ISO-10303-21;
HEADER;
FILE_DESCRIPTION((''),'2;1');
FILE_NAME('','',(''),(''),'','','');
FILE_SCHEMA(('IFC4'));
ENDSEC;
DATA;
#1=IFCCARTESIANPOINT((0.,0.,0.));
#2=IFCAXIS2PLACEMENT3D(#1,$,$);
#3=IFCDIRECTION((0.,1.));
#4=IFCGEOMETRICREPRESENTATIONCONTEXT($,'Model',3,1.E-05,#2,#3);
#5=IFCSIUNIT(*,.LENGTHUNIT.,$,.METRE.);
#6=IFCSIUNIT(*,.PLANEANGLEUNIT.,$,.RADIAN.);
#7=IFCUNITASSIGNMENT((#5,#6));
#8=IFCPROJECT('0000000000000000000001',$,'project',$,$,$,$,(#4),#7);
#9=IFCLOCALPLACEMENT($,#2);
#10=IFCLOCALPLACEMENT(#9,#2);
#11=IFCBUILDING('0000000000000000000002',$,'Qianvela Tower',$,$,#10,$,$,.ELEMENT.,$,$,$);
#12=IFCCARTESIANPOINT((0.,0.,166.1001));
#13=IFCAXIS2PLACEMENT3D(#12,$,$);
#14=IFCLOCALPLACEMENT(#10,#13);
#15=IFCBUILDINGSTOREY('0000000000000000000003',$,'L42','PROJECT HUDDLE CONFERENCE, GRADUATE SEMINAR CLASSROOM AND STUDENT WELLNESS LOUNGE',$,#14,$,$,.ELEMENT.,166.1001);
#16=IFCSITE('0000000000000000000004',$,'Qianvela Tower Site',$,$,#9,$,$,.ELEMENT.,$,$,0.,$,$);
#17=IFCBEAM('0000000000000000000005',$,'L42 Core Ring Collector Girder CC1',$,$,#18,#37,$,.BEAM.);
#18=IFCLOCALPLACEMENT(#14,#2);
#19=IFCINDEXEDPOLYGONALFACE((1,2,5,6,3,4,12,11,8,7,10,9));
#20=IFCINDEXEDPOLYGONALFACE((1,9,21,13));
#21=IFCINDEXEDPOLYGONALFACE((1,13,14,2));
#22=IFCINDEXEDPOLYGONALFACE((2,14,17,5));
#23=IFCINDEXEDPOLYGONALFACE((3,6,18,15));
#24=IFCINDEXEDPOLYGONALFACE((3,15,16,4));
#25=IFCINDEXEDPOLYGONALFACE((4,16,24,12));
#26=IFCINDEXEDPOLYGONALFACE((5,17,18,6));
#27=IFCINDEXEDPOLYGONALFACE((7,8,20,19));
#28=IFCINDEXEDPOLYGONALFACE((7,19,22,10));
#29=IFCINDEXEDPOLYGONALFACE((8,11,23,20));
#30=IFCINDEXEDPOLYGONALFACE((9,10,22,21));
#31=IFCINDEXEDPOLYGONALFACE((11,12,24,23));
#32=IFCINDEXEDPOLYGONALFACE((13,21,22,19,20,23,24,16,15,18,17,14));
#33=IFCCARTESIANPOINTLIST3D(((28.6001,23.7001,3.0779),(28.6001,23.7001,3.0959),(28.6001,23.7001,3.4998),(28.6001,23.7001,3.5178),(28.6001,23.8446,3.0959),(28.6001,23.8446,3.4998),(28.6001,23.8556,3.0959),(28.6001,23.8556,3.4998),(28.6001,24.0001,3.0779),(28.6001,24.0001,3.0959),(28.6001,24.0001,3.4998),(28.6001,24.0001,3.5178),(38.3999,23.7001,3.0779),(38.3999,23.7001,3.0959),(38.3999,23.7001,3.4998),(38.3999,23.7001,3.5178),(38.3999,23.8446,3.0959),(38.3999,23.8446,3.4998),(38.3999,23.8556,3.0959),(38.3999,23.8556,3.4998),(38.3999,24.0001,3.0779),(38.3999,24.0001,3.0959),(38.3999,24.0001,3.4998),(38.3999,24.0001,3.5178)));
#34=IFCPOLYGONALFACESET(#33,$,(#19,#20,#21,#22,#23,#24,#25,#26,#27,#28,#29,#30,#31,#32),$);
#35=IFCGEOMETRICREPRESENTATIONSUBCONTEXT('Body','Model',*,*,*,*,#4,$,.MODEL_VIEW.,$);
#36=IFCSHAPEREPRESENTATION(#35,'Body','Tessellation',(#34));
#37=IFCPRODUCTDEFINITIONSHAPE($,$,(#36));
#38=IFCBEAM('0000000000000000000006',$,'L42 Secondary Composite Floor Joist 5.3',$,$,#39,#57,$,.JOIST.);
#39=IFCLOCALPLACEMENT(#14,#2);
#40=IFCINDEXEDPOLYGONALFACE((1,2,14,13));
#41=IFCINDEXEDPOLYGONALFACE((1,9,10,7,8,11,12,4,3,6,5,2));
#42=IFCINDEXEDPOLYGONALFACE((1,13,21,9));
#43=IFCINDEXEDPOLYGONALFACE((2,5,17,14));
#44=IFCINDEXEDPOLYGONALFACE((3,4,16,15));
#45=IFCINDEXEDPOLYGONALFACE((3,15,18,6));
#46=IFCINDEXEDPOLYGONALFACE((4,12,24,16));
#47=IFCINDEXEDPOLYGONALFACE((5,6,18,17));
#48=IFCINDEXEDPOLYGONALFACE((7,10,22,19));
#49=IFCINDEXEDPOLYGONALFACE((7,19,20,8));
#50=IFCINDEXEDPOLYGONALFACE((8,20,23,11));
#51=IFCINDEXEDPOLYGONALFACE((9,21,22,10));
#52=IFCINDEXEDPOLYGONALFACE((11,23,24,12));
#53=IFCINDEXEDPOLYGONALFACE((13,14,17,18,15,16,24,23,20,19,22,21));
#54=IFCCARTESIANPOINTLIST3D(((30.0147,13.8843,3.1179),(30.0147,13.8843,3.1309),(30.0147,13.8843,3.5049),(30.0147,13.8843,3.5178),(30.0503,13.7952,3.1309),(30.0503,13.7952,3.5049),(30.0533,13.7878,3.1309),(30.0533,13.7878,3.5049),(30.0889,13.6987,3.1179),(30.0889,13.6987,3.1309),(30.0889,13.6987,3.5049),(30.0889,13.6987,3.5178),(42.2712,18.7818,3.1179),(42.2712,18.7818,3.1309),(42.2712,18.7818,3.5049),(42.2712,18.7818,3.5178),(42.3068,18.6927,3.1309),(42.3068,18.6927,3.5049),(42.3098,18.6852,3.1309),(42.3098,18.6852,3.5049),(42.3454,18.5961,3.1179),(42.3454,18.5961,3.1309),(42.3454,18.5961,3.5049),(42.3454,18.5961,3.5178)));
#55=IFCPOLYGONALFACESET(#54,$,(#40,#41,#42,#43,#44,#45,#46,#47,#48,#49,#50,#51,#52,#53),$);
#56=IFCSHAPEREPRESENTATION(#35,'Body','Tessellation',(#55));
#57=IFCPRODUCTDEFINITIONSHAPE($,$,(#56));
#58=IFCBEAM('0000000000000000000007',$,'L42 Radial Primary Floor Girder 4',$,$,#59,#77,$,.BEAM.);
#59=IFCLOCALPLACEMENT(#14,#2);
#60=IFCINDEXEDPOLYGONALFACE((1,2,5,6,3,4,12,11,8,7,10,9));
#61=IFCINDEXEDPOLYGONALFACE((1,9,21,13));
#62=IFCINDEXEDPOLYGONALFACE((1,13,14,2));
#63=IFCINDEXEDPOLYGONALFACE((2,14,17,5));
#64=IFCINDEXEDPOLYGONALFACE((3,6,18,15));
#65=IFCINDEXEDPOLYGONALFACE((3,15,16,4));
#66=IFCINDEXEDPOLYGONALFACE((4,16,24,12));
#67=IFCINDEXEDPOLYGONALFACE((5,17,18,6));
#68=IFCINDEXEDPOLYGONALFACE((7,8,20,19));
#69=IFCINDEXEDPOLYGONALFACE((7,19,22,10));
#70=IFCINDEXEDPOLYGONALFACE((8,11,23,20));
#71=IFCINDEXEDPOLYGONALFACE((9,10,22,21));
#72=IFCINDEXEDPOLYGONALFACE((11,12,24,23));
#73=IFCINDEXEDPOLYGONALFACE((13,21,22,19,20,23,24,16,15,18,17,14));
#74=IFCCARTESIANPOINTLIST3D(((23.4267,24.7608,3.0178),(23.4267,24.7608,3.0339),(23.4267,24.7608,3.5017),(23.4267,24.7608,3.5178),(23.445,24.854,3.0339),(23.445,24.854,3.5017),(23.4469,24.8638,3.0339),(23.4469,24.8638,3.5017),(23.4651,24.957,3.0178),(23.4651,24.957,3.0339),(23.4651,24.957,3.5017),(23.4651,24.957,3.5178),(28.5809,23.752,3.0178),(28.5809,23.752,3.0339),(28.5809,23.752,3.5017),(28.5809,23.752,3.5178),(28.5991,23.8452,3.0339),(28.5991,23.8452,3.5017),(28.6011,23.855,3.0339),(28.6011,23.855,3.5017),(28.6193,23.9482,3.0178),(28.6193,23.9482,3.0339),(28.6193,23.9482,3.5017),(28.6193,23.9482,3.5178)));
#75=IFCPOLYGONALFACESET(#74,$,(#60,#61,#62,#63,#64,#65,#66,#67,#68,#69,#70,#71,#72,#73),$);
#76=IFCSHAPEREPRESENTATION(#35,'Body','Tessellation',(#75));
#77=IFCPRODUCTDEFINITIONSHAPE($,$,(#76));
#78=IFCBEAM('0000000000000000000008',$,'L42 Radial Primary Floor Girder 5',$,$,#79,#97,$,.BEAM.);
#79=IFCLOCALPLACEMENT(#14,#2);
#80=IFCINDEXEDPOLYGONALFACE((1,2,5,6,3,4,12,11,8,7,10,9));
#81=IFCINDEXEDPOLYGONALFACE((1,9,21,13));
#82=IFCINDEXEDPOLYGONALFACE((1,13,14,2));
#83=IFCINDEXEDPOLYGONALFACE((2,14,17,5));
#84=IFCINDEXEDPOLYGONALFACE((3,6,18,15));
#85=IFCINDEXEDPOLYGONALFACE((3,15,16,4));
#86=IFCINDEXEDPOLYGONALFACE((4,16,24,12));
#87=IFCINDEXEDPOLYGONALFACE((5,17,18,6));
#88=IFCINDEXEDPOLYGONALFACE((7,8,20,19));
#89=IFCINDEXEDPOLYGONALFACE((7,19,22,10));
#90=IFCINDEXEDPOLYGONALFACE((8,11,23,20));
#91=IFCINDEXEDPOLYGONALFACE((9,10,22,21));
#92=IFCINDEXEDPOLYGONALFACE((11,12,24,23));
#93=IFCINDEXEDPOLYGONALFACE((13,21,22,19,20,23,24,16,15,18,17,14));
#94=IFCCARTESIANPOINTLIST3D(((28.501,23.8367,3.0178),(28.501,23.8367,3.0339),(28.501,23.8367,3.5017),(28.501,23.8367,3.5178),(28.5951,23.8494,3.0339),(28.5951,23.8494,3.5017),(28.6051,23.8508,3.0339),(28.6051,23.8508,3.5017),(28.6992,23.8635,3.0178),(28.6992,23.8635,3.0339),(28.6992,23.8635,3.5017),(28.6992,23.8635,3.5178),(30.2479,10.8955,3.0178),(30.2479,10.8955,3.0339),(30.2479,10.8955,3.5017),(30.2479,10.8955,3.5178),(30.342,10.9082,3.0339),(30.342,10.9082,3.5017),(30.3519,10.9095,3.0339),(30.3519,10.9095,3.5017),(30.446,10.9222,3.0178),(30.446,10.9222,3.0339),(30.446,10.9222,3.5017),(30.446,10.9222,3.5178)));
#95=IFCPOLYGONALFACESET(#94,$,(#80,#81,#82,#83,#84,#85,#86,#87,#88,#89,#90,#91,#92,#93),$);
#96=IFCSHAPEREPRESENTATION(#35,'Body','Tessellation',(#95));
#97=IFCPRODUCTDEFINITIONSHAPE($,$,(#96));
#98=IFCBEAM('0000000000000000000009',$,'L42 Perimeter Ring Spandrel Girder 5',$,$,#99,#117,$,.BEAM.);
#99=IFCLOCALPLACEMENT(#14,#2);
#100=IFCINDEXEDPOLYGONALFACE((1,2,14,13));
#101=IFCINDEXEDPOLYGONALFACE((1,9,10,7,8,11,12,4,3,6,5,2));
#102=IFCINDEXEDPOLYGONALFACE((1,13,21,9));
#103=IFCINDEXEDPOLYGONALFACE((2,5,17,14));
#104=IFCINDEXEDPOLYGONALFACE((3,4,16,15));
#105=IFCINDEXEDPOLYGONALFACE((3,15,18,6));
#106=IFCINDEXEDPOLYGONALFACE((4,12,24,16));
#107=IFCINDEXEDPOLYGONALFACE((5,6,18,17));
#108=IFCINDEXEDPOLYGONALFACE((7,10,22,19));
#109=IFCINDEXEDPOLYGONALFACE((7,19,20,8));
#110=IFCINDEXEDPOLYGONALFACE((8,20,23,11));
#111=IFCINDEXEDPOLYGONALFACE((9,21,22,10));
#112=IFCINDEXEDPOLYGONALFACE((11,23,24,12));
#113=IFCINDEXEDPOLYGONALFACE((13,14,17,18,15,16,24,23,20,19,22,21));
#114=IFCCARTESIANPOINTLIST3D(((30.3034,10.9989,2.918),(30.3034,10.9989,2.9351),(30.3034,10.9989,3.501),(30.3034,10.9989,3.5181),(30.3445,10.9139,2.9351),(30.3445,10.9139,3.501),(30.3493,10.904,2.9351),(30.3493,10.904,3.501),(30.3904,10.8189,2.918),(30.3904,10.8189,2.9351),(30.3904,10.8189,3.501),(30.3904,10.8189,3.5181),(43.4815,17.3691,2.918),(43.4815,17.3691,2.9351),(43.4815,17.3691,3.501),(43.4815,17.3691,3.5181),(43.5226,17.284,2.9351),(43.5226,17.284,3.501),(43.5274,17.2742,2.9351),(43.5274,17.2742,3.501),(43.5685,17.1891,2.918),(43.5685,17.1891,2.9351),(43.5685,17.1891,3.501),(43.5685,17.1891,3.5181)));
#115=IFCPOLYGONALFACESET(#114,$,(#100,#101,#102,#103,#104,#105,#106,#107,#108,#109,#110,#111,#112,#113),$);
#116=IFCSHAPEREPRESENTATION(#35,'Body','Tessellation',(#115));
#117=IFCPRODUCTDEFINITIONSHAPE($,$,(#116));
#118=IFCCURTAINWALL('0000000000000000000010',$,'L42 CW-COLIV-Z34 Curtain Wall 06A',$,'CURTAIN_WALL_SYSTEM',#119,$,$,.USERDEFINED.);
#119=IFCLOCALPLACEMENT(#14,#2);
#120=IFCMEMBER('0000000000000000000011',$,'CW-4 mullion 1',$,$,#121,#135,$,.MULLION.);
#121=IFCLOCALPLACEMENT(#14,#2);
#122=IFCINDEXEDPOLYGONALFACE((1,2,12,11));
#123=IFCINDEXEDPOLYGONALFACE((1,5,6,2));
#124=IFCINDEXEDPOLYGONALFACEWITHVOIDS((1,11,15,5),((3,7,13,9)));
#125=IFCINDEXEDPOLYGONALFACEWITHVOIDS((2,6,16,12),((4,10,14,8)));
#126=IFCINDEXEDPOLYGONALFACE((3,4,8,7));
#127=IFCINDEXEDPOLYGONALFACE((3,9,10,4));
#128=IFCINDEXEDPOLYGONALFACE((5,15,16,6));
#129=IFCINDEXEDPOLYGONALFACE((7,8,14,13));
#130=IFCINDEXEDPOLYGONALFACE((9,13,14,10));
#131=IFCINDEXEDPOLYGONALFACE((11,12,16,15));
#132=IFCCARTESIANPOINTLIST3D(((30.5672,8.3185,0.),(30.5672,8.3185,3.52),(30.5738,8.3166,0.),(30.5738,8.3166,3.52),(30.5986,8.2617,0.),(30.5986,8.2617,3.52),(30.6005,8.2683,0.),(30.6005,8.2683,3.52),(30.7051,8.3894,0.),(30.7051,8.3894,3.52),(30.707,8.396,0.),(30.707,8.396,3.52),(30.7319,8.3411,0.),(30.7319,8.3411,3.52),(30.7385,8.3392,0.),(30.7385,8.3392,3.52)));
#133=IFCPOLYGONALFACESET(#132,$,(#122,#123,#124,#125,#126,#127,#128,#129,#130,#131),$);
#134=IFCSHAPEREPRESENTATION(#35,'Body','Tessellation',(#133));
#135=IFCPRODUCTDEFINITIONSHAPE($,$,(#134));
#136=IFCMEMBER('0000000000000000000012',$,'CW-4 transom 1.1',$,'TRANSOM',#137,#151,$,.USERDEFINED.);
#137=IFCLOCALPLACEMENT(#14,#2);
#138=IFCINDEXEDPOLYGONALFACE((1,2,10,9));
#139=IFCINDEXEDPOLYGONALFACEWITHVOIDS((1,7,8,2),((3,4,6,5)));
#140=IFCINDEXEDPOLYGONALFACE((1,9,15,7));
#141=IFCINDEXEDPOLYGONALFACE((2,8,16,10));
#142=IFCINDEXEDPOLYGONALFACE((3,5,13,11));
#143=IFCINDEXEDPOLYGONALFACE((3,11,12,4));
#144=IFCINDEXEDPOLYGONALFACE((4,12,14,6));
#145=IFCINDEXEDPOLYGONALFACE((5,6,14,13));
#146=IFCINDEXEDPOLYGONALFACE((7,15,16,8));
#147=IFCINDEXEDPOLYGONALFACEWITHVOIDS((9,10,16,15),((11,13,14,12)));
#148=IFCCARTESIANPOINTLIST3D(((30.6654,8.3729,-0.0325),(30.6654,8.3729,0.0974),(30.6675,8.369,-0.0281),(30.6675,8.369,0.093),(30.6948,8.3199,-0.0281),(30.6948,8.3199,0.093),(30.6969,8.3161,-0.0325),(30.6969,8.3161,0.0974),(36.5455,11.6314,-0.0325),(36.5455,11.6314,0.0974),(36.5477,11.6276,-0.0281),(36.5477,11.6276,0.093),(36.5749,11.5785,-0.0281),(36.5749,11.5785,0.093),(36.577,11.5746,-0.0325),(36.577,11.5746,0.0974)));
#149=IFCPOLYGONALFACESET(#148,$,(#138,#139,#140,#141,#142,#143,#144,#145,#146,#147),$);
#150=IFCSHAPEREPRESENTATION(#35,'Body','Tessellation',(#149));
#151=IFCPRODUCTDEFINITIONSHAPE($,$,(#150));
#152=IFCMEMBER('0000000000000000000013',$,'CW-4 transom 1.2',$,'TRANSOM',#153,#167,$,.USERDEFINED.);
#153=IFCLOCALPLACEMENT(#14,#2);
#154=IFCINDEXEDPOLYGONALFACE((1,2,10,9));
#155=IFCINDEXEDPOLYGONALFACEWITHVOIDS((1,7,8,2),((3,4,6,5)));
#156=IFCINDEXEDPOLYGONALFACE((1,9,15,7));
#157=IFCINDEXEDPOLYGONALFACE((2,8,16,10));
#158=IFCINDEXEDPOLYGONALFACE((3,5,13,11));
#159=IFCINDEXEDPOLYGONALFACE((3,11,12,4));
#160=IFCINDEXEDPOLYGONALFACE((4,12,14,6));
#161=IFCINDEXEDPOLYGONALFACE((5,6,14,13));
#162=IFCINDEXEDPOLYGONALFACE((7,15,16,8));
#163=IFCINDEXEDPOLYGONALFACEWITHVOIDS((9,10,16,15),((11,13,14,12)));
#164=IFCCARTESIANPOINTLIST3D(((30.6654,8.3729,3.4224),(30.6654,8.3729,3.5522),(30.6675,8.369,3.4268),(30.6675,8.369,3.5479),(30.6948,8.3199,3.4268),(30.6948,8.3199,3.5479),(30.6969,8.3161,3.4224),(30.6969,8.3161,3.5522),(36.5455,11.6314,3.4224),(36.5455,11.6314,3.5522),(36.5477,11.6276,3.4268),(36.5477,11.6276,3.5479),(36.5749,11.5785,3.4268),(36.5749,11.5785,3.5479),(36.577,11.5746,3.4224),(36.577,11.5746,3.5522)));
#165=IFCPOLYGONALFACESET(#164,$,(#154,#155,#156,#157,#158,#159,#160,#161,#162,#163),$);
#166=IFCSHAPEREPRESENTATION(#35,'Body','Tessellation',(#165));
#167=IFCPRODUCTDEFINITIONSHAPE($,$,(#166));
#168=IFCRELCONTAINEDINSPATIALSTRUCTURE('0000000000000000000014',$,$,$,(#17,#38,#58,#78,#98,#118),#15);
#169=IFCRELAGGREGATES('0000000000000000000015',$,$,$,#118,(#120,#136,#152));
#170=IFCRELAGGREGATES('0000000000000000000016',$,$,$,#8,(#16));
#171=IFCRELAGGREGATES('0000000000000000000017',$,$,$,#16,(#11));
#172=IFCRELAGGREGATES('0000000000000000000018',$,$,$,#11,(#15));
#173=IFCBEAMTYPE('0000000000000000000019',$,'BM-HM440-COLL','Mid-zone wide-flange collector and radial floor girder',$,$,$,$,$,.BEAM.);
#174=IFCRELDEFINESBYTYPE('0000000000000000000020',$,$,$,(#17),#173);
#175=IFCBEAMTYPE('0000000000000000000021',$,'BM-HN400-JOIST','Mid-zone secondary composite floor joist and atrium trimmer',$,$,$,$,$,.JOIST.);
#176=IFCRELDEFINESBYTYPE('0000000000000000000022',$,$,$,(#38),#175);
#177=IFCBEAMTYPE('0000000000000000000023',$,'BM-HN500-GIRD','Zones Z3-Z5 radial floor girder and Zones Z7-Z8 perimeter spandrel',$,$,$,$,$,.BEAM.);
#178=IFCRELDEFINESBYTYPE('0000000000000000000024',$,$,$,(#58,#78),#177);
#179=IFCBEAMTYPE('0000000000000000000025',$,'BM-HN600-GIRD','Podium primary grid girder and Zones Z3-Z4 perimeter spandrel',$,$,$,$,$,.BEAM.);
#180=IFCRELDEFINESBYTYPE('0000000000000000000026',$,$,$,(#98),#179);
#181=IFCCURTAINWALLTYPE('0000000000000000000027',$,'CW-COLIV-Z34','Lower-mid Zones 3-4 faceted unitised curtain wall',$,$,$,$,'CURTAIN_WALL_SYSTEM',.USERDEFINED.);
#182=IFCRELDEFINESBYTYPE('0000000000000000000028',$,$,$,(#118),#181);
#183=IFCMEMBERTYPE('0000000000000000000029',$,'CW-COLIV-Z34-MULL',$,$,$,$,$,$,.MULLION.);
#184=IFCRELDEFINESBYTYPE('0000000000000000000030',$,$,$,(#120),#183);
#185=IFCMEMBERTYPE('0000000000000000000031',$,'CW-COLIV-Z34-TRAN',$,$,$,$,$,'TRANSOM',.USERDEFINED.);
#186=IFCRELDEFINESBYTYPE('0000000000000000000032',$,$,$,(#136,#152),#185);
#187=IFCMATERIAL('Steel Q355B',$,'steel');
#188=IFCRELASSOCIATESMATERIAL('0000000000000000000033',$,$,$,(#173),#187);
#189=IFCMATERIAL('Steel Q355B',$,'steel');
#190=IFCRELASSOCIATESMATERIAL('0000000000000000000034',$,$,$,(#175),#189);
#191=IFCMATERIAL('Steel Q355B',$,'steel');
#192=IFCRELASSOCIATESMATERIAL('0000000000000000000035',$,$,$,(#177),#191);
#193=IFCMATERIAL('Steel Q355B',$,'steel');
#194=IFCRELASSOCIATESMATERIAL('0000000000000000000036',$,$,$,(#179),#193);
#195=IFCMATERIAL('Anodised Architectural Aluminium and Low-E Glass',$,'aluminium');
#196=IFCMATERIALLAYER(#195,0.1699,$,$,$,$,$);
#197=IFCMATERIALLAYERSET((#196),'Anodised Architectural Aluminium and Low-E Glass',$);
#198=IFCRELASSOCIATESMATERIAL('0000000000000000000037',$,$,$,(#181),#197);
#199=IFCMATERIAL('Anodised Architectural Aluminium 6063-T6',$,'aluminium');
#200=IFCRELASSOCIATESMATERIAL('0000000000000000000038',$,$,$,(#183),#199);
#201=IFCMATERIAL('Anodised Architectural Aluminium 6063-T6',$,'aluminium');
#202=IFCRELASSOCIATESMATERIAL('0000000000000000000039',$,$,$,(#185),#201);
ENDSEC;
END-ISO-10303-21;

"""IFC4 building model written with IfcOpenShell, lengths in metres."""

from ifc_helpers import new_model, si_unit, direction, frame, origin, origin_2d, place, context, subcontext, project, spatial, hollow_rectangle, i_section, extrude, material, layer, layer_set, material_profile, profile_set, type_object, element, aggregate, save


model = new_model("IFC4")

# Units and contexts
model_context = context("Model", 3, precision=1e-05, world=origin(), true_north=direction((0.0, 1.0)))
body_context = subcontext(model_context, "Body", "Model", "MODEL_VIEW")
ifc_project = project(units=[si_unit("LENGTHUNIT", "METRE"), si_unit("PLANEANGLEUNIT", "RADIAN")], contexts=[model_context])

# Site, building, storey
site_placement = place(None, origin())
site = spatial("IfcSite", under=ifc_project, at=site_placement, Name="Qianvela Tower Site", CompositionType="ELEMENT", RefElevation=0.0)
building_placement = place(site_placement, origin())
building = spatial("IfcBuilding", under=site, at=building_placement, Name="Qianvela Tower", CompositionType="ELEMENT")
storey_placement = place(building_placement, frame((0.0, 0.0, 166.1001)))
storey = spatial("IfcBuildingStorey", under=building, at=storey_placement, Name="L42", Description="PROJECT HUDDLE CONFERENCE, GRADUATE SEMINAR CLASSROOM AND STUDENT WELLNESS LOUNGE", CompositionType="ELEMENT", Elevation=166.1001)

# Beams
ifc_material_1 = material(Name="Steel Q355B", Category="steel")
ifc_material_profile_1 = material_profile(ifc_material_1, i_section(OverallWidth=0.3, OverallDepth=0.4399, WebThickness=0.011, FlangeThickness=0.0181, at=origin_2d()), Name="HM440x300x11x18")
ifc_profile_set_1 = profile_set([ifc_material_profile_1], Name="Steel Q355B")
beam_type_1 = type_object("IfcBeamType", Name="BM-HM440-COLL", Description="Mid-zone wide-flange collector and radial floor girder", PredefinedType="BEAM", material=ifc_profile_set_1)
beam_1_placement = place(storey_placement, frame((28.6001, 23.8501, 3.2979), z_axis=(1.0, 0.0, 0.0), x_axis=(0.0, 1.0, 0.0)))
element("IfcBeam", 1, at=beam_1_placement, inside=storey, type_object=beam_type_1, Name="L42 Core Ring Collector Girder CC1", PredefinedType="BEAM", context=body_context, shape_type="SweptSolid", body=[
    extrude(i_section(OverallWidth=0.3, OverallDepth=0.4399, WebThickness=0.011, FlangeThickness=0.0181, at=origin_2d()), origin(), (0.0, 0.0, 1.0), 9.7998),
])
ifc_material_2 = material(Name="Steel Q355B", Category="steel")
ifc_material_profile_2 = material_profile(ifc_material_2, i_section(OverallWidth=0.2, OverallDepth=0.3999, WebThickness=0.0081, FlangeThickness=0.0129, at=origin_2d()), Name="HN400x200x8x13")
ifc_profile_set_2 = profile_set([ifc_material_profile_2], Name="Steel Q355B")
beam_type_2 = type_object("IfcBeamType", Name="BM-HN400-JOIST", Description="Mid-zone secondary composite floor joist and atrium trimmer", PredefinedType="JOIST", material=ifc_profile_set_2)
beam_2_placement = place(storey_placement, frame((30.0518, 13.7915, 3.3179), z_axis=(0.928612, 0.371053, 0.0), x_axis=(-0.371053, 0.928612, 0.0)))
element("IfcBeam", 2, at=beam_2_placement, inside=storey, type_object=beam_type_2, Name="L42 Secondary Composite Floor Joist 5.3", PredefinedType="JOIST", context=body_context, shape_type="SweptSolid", body=[
    extrude(i_section(OverallWidth=0.2, OverallDepth=0.3999, WebThickness=0.0081, FlangeThickness=0.0129, at=origin_2d()), origin(), (0.0, 0.0, 1.0), 13.1987),
])
ifc_material_3 = material(Name="Steel Q355B", Category="steel")
ifc_material_profile_3 = material_profile(ifc_material_3, i_section(OverallWidth=0.2, OverallDepth=0.5, WebThickness=0.01, FlangeThickness=0.0161, at=origin_2d()), Name="HN500x200x10x16")
ifc_profile_set_3 = profile_set([ifc_material_profile_3], Name="Steel Q355B")
beam_type_3 = type_object("IfcBeamType", Name="BM-HN500-GIRD", Description="Zones Z3-Z5 radial floor girder and Zones Z7-Z8 perimeter spandrel", PredefinedType="BEAM", material=ifc_profile_set_3)
beam_3_placement = place(storey_placement, frame((28.6001, 23.8501, 3.2678), z_axis=(-0.981379, 0.192083, 0.0), x_axis=(-0.192083, -0.981379, 0.0)))
element("IfcBeam", 3, at=beam_3_placement, inside=storey, type_object=beam_type_3, Name="L42 Radial Primary Floor Girder 4", PredefinedType="BEAM", context=body_context, shape_type="SweptSolid", body=[
    extrude(i_section(OverallWidth=0.2, OverallDepth=0.5, WebThickness=0.01, FlangeThickness=0.0161, at=origin_2d()), origin(), (0.0, 0.0, 1.0), 5.252),
])
beam_4_placement = place(storey_placement, frame((28.6001, 23.8501, 3.2678), z_axis=(0.133769, -0.991013, 0.0), x_axis=(0.991013, 0.133769, 0.0)))
element("IfcBeam", 4, at=beam_4_placement, inside=storey, type_object=beam_type_3, Name="L42 Radial Primary Floor Girder 5", PredefinedType="BEAM", context=body_context, shape_type="SweptSolid", body=[
    extrude(i_section(OverallWidth=0.2, OverallDepth=0.5, WebThickness=0.01, FlangeThickness=0.0161, at=origin_2d()), origin(), (0.0, 0.0, 1.0), 13.0586),
])
ifc_material_4 = material(Name="Steel Q355B", Category="steel")
ifc_material_profile_4 = material_profile(ifc_material_4, i_section(OverallWidth=0.2, OverallDepth=0.6001, WebThickness=0.011, FlangeThickness=0.0171, at=origin_2d()), Name="HN600x200x11x17")
ifc_profile_set_4 = profile_set([ifc_material_profile_4], Name="Steel Q355B")
beam_type_4 = type_object("IfcBeamType", Name="BM-HN600-GIRD", Description="Podium primary grid girder and Zones Z3-Z4 perimeter spandrel", PredefinedType="BEAM", material=ifc_profile_set_4)
beam_5_placement = place(storey_placement, frame((30.3469, 10.9089, 3.218), z_axis=(0.900329, 0.435211, 0.0), x_axis=(-0.435211, 0.900329, 0.0)))
element("IfcBeam", 5, at=beam_5_placement, inside=storey, type_object=beam_type_4, Name="L42 Perimeter Ring Spandrel Girder 5", PredefinedType="BEAM", context=body_context, shape_type="SweptSolid", body=[
    extrude(i_section(OverallWidth=0.2, OverallDepth=0.6001, WebThickness=0.011, FlangeThickness=0.0171, at=origin_2d()), origin(), (0.0, 0.0, 1.0), 14.637),
])

# Curtain wall, members
ifc_material_5 = material(Name="Anodised Architectural Aluminium and Low-E Glass", Category="aluminium")
ifc_layer_1 = layer(ifc_material_5, 0.1699)
ifc_layer_set_1 = layer_set([ifc_layer_1], Name="Anodised Architectural Aluminium and Low-E Glass")
curtain_wall_type = type_object("IfcCurtainWallType", Name="CW-COLIV-Z34", Description="Lower-mid Zones 3-4 faceted unitised curtain wall", ElementType="CURTAIN_WALL_SYSTEM", PredefinedType="USERDEFINED", material=ifc_layer_set_1)
curtain_wall_placement = place(storey_placement, origin())
curtain_wall = element("IfcCurtainWall", 6, at=curtain_wall_placement, inside=storey, type_object=curtain_wall_type, Name="L42 CW-COLIV-Z34 Curtain Wall 06A", ObjectType="CURTAIN_WALL_SYSTEM", PredefinedType="USERDEFINED")
ifc_material_6 = material(Name="Anodised Architectural Aluminium 6063-T6", Category="aluminium")
ifc_material_profile_5 = material_profile(ifc_material_6, hollow_rectangle(XDim=0.0649, YDim=0.1599, WallThickness=0.0049, at=origin_2d()), Name="ALU-MULL-65x160")
ifc_profile_set_5 = profile_set([ifc_material_profile_5], Name="Anodised Architectural Aluminium 6063-T6")
member_type_1 = type_object("IfcMemberType", Name="CW-COLIV-Z34-MULL", PredefinedType="MULLION", material=ifc_profile_set_5)
member_1_placement = place(storey_placement, frame((30.6528, 8.3289, 0.0), z_axis=(0.0, 0.0, 1.0), x_axis=(-0.484703, 0.874679, 0.0)))
member_1 = element("IfcMember", 7, at=member_1_placement, type_object=member_type_1, Name="CW-4 mullion 1", PredefinedType="MULLION", context=body_context, shape_type="SweptSolid", body=[
    extrude(hollow_rectangle(XDim=0.0649, YDim=0.1599, WallThickness=0.0049, at=origin_2d()), origin(), (0.0, 0.0, 1.0), 3.52),
])
ifc_material_7 = material(Name="Anodised Architectural Aluminium 6063-T6", Category="aluminium")
ifc_material_profile_6 = material_profile(ifc_material_7, hollow_rectangle(XDim=0.0649, YDim=0.1299, WallThickness=0.0044, at=origin_2d()), Name="ALU-TRAN-65x130")
ifc_profile_set_6 = profile_set([ifc_material_profile_6], Name="Anodised Architectural Aluminium 6063-T6")
member_type_2 = type_object("IfcMemberType", Name="CW-COLIV-Z34-TRAN", ElementType="TRANSOM", PredefinedType="USERDEFINED", material=ifc_profile_set_6)
member_2_placement = place(storey_placement, frame((30.6812, 8.3445, 0.0325), z_axis=(0.874674, 0.484711, 0.0), x_axis=(-0.484711, 0.874674, 0.0)))
member_2 = element("IfcMember", 8, at=member_2_placement, type_object=member_type_2, Name="CW-4 transom 1.1", ObjectType="TRANSOM", PredefinedType="USERDEFINED", context=body_context, shape_type="SweptSolid", body=[
    extrude(hollow_rectangle(XDim=0.0649, YDim=0.1299, WallThickness=0.0044, at=origin_2d()), origin(), (0.0, 0.0, 1.0), 6.7227),
])
member_3_placement = place(storey_placement, frame((30.6812, 8.3445, 3.4873), z_axis=(0.874674, 0.484711, 0.0), x_axis=(-0.484711, 0.874674, 0.0)))
member_3 = element("IfcMember", 9, at=member_3_placement, type_object=member_type_2, Name="CW-4 transom 1.2", ObjectType="TRANSOM", PredefinedType="USERDEFINED", context=body_context, shape_type="SweptSolid", body=[
    extrude(hollow_rectangle(XDim=0.0649, YDim=0.1299, WallThickness=0.0044, at=origin_2d()), origin(), (0.0, 0.0, 1.0), 6.7227),
])
aggregate(curtain_wall, [member_1, member_2, member_3])

save(model, "model.ifc")
